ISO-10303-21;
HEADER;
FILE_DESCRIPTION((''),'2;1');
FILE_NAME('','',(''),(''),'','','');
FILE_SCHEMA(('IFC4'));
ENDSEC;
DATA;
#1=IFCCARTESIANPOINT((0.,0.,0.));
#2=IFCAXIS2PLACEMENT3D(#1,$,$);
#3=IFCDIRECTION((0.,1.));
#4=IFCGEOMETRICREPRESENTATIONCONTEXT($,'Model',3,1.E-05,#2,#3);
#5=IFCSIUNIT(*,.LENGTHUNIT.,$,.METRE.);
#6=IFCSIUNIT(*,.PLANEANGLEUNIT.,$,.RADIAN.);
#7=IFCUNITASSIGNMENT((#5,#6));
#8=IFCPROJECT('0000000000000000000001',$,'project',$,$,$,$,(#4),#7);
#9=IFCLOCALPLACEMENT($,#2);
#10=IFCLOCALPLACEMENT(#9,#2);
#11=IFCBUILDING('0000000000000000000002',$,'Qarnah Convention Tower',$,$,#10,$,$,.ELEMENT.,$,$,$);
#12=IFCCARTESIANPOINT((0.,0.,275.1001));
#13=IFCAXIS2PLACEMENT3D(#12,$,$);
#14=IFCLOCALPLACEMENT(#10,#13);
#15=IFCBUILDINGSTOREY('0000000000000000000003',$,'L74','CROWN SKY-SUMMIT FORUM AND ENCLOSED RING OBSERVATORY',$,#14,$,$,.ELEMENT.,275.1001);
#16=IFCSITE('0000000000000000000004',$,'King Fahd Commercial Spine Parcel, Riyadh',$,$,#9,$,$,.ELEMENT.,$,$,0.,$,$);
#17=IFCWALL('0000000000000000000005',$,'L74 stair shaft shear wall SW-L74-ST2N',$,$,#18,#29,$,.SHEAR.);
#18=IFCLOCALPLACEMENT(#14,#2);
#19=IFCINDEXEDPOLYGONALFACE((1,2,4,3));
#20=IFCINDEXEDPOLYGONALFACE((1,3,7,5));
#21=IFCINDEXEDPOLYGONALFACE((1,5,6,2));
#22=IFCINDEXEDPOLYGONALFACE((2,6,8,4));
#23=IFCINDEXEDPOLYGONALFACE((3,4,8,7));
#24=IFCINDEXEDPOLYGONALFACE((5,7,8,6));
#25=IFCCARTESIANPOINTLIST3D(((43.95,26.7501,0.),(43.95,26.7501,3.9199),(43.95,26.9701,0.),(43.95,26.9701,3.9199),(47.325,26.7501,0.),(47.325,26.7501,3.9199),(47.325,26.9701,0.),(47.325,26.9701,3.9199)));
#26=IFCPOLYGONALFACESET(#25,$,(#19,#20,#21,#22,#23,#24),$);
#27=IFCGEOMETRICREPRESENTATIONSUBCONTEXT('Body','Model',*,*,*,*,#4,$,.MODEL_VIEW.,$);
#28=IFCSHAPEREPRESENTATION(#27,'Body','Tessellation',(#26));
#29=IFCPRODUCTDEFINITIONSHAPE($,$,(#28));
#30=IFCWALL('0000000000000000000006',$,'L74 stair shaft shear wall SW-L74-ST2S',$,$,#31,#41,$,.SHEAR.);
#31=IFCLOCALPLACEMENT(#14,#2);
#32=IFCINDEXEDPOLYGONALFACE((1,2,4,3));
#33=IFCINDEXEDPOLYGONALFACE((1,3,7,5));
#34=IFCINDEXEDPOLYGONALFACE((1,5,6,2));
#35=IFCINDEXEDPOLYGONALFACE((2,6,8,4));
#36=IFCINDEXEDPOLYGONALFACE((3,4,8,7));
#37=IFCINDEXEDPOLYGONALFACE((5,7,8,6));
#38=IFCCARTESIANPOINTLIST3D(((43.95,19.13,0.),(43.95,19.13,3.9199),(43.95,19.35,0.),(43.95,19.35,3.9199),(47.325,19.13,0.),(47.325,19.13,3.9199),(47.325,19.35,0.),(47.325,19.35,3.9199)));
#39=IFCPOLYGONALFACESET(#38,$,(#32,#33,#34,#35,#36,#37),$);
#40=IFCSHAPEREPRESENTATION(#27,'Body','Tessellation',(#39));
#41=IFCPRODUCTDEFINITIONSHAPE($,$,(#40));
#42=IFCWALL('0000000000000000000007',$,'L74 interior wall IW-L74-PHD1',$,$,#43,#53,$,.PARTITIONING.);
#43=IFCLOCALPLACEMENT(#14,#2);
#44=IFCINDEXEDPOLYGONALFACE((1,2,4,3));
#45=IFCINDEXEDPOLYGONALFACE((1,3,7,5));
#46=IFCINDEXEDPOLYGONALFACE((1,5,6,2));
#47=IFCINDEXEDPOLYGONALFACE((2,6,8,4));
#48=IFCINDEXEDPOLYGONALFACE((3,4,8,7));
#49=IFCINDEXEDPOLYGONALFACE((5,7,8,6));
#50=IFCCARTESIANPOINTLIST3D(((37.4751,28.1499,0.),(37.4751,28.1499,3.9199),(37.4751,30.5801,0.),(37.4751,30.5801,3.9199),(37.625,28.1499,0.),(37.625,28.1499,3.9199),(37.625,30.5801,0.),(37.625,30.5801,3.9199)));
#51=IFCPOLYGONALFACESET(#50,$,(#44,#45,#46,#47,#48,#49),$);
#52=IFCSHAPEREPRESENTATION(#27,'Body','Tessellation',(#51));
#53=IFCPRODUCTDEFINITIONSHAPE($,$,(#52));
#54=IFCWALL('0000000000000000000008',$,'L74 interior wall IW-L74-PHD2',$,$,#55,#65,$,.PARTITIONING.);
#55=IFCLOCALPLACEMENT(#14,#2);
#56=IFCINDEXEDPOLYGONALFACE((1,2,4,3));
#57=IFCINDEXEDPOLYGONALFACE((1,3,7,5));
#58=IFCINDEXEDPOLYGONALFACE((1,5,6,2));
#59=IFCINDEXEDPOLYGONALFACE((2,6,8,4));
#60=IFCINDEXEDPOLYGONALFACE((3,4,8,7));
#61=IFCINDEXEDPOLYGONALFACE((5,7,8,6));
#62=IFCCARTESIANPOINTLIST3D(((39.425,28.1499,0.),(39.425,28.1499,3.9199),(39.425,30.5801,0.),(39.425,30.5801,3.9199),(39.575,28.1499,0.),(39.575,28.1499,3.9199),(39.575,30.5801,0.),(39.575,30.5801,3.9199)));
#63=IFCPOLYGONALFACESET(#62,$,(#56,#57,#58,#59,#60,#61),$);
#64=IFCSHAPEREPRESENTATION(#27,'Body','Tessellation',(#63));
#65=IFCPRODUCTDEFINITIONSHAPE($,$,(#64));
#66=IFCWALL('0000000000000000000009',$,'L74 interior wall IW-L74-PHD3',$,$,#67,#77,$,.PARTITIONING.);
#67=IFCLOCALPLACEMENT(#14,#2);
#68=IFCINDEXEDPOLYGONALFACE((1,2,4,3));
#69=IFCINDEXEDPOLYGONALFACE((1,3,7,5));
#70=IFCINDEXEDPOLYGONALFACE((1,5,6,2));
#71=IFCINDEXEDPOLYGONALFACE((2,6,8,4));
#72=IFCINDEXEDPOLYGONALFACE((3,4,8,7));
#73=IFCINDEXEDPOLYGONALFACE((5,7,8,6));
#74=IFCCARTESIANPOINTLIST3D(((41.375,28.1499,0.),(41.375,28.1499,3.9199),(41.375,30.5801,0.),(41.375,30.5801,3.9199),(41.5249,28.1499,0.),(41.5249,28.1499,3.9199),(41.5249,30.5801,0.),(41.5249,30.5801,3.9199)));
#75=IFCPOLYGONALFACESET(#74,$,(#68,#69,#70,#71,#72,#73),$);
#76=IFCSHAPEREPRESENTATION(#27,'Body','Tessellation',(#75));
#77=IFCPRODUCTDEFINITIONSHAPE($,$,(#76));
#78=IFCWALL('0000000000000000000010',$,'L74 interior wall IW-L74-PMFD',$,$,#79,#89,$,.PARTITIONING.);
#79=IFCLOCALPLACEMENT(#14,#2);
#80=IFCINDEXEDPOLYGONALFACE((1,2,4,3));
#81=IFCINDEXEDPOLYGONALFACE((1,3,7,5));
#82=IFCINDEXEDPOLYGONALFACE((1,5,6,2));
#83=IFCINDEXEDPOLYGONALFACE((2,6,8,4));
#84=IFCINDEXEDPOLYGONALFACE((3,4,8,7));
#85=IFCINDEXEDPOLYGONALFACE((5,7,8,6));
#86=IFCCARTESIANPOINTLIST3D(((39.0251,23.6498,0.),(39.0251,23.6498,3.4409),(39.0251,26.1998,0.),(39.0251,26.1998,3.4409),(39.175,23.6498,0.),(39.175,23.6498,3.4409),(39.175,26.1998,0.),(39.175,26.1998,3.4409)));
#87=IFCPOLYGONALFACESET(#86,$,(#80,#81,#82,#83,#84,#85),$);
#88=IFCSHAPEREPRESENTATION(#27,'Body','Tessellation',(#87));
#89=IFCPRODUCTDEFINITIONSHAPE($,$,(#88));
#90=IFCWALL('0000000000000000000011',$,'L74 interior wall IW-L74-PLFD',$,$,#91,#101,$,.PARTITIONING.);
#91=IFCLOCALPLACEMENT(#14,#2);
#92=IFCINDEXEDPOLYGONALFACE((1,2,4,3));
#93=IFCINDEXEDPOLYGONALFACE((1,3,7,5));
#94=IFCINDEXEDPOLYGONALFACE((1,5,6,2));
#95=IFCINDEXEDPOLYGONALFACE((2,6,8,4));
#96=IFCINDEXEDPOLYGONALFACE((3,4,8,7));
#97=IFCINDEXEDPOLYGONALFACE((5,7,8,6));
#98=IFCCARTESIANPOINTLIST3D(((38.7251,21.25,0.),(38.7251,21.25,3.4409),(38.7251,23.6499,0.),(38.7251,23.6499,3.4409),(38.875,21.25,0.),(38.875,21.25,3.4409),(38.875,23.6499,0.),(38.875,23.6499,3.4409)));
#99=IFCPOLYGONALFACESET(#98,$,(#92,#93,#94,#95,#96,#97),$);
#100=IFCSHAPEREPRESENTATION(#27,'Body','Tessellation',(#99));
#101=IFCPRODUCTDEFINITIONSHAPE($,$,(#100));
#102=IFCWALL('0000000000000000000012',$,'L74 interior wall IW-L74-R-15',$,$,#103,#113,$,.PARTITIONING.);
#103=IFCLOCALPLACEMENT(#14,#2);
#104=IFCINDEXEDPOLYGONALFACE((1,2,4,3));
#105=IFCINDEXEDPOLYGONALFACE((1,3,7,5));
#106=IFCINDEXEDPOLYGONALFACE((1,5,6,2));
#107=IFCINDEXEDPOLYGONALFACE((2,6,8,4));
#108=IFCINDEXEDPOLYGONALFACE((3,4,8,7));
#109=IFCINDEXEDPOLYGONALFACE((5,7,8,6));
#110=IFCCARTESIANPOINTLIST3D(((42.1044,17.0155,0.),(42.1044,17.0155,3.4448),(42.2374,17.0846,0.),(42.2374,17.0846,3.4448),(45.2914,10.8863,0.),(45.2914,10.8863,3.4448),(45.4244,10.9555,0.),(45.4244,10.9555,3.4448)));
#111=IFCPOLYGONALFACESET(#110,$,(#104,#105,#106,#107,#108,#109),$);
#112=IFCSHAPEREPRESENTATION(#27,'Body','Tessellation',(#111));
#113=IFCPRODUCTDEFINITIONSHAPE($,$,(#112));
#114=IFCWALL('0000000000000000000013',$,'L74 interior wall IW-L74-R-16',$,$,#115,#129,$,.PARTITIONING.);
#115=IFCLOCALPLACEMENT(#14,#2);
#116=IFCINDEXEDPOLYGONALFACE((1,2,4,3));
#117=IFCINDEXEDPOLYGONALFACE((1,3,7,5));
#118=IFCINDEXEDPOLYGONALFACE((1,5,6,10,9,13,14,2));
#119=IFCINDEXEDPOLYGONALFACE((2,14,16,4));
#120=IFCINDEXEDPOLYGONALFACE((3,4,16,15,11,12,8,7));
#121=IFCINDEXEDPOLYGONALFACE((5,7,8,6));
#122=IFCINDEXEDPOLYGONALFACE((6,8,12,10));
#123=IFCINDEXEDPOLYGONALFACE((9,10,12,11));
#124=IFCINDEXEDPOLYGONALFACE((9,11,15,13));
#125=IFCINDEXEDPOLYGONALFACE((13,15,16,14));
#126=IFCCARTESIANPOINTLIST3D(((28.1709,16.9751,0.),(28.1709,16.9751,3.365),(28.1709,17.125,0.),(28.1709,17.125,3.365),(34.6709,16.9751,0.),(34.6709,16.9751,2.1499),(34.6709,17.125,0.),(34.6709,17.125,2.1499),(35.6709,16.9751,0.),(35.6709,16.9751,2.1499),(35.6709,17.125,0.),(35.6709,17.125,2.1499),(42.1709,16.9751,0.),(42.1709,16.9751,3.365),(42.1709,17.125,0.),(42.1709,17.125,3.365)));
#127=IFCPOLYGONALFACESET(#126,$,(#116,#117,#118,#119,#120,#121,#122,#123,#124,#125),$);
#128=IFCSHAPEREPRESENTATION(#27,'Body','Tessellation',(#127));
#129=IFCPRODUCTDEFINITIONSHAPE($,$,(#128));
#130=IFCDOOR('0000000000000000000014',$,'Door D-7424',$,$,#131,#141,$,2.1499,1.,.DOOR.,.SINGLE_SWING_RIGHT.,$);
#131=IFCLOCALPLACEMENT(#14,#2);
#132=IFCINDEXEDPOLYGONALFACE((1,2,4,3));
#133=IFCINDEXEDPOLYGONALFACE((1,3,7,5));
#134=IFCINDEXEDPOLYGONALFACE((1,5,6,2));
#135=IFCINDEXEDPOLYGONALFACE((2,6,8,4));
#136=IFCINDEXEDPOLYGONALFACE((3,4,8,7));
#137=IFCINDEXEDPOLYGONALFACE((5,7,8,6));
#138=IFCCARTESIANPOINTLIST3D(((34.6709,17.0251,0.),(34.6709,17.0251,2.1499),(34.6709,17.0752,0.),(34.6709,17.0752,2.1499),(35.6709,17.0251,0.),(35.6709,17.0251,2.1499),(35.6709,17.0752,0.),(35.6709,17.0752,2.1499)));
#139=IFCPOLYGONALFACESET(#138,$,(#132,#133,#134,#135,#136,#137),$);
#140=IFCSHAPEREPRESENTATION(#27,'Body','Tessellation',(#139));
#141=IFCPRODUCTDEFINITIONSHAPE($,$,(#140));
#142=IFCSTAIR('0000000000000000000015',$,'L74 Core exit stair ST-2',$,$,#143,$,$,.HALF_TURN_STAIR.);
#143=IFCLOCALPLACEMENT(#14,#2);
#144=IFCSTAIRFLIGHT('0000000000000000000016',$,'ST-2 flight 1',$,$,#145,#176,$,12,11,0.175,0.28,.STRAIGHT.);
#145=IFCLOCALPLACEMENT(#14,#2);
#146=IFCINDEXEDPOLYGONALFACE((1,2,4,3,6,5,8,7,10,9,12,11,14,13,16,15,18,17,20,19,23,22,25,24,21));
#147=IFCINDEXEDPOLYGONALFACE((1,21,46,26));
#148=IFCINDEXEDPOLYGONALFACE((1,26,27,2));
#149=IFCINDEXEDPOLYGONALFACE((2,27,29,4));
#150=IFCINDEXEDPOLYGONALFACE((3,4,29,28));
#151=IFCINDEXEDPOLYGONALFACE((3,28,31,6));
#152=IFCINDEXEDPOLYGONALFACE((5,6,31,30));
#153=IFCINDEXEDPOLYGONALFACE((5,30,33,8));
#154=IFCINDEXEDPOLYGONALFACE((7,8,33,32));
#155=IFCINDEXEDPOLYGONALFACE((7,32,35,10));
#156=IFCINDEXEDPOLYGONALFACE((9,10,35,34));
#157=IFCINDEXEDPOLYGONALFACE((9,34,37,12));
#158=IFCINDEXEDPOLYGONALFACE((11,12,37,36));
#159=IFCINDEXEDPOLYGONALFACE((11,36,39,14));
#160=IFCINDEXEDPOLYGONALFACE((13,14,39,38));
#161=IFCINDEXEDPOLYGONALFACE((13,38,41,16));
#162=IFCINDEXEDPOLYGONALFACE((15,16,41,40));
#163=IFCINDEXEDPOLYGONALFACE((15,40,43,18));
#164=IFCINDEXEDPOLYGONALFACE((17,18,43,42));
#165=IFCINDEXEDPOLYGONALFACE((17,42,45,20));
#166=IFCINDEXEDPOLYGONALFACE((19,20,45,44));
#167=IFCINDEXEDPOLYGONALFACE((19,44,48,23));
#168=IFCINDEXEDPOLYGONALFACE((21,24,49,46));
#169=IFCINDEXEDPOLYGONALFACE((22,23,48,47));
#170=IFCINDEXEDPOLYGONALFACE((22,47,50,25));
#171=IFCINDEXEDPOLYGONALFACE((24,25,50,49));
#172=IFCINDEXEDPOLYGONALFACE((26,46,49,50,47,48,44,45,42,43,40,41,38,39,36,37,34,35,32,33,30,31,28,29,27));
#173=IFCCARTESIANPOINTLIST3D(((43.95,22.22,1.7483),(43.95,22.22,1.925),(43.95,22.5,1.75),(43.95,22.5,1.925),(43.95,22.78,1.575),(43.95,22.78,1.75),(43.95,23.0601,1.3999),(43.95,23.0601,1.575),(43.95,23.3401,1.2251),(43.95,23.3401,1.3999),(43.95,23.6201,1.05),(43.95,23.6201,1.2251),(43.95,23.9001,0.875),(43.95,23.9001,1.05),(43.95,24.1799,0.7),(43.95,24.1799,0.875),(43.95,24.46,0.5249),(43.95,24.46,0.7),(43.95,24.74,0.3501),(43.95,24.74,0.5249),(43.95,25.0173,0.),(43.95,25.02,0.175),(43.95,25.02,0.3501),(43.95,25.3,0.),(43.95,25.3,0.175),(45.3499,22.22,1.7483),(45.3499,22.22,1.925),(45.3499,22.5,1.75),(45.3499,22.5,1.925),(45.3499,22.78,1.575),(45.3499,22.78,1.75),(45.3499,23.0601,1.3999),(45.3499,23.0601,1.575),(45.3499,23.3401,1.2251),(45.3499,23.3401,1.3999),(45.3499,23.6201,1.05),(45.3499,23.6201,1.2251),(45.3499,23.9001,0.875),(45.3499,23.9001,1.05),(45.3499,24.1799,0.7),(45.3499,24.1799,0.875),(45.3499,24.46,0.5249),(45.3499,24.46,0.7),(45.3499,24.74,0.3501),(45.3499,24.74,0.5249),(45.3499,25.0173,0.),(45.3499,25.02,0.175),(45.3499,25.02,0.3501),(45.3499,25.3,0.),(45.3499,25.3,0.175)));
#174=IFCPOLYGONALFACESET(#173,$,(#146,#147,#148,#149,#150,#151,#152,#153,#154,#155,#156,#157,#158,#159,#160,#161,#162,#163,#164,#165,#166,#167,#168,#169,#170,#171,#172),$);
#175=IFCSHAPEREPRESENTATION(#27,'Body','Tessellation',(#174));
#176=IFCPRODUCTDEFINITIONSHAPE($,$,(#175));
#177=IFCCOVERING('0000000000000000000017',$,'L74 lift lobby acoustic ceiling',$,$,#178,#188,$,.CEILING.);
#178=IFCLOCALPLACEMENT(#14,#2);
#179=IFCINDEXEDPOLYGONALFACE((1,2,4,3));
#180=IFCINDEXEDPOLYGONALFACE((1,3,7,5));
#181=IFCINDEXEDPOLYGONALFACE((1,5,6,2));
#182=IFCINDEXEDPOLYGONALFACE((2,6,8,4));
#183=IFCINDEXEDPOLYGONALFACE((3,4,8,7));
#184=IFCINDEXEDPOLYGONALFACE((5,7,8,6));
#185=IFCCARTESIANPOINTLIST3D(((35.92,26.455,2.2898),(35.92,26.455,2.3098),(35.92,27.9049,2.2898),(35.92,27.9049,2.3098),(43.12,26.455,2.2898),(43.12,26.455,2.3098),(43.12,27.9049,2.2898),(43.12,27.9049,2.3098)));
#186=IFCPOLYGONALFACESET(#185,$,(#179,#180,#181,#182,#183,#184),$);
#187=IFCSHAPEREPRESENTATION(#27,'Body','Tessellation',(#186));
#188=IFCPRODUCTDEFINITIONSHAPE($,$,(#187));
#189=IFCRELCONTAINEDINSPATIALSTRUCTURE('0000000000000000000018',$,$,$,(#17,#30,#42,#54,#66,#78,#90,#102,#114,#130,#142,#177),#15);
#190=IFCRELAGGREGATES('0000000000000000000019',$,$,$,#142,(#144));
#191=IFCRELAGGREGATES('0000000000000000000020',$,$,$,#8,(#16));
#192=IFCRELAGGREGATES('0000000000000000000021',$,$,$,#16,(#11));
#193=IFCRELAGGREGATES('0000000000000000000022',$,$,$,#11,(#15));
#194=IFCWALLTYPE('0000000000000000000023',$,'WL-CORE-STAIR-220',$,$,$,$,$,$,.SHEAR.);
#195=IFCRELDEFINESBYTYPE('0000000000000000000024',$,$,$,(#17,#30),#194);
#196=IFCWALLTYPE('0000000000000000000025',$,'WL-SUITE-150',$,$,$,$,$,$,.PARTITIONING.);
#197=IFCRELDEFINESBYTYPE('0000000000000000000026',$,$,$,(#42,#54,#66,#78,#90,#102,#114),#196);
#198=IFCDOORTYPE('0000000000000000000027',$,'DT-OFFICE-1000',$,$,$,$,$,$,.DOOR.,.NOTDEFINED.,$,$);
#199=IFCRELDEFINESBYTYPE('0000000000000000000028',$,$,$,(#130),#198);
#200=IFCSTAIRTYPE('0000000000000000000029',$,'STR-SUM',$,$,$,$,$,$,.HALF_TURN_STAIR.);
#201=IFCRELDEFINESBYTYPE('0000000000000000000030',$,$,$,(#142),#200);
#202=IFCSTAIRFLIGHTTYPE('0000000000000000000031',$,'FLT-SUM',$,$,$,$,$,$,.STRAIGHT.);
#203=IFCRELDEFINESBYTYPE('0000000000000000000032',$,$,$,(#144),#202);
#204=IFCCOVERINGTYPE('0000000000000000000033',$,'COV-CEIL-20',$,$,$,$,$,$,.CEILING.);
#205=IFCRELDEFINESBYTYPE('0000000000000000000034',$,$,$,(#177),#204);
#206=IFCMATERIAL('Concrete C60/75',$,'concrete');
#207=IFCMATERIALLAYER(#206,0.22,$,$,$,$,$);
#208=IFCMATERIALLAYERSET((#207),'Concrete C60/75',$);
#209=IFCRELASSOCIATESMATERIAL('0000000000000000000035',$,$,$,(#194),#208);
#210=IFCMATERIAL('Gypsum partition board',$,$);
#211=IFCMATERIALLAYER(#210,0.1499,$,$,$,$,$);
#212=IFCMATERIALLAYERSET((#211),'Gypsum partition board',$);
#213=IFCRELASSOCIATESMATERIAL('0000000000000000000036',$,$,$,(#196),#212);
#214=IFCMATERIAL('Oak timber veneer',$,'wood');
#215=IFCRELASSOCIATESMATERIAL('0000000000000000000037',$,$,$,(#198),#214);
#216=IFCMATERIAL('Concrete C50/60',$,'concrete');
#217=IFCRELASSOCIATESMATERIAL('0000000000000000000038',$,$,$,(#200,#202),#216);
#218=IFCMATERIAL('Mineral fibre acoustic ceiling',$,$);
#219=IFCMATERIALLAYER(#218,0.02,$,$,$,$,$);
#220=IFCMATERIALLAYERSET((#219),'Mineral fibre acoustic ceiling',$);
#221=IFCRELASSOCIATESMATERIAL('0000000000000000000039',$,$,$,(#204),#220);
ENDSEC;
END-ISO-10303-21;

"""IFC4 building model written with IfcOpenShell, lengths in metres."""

from ifc_helpers import new_model, si_unit, direction, frame, frame_2d, origin, origin_2d, place, context, subcontext, project, spatial, polyline, rectangle, outline, extrude, material, layer, layer_set, type_object, element, fill, aggregate, save


model = new_model("IFC4")

# Units and contexts
model_context = context("Model", 3, precision=1e-05, world=origin(), true_north=direction((0.0, 1.0)))
body_context = subcontext(model_context, "Body", "Model", "MODEL_VIEW")
ifc_project = project(units=[si_unit("LENGTHUNIT", "METRE"), si_unit("PLANEANGLEUNIT", "RADIAN")], contexts=[model_context])

# Site, building, storey
site_placement = place(None, origin())
site = spatial("IfcSite", under=ifc_project, at=site_placement, Name="King Fahd Commercial Spine Parcel, Riyadh", CompositionType="ELEMENT", RefElevation=0.0)
building_placement = place(site_placement, origin())
building = spatial("IfcBuilding", under=site, at=building_placement, Name="Qarnah Convention Tower", CompositionType="ELEMENT")
storey_placement = place(building_placement, frame((0.0, 0.0, 275.1001)))
storey = spatial("IfcBuildingStorey", under=building, at=storey_placement, Name="L74", Description="CROWN SKY-SUMMIT FORUM AND ENCLOSED RING OBSERVATORY", CompositionType="ELEMENT", Elevation=275.1001)

# Shared definitions
ifc_material_1 = material(Name="Concrete C50/60", Category="concrete")

# Shared definitions
ifc_material_2 = material(Name="Concrete C60/75", Category="concrete")

# Walls
ifc_layer_1 = layer(ifc_material_2, 0.22)
ifc_layer_set_1 = layer_set([ifc_layer_1], Name="Concrete C60/75")
wall_type_1 = type_object("IfcWallType", Name="WL-CORE-STAIR-220", PredefinedType="SHEAR", material=ifc_layer_set_1)
for number, where, z_axis, x_axis, name in (
    (1, (43.95, 26.8601, 0.0), (0.0, 0.0, 1.0), (1.0, 0.0, 0.0), "L74 stair shaft shear wall SW-L74-ST2N"),
    (2, (43.95, 19.24, 0.0), (0.0, 0.0, 1.0), (1.0, 0.0, 0.0), "L74 stair shaft shear wall SW-L74-ST2S"),
):
    element("IfcWall", number, at=place(storey_placement, frame(where, z_axis=z_axis, x_axis=x_axis)), inside=storey, type_object=wall_type_1, Name=name, PredefinedType="SHEAR", context=body_context, shape_type="SweptSolid", body=[
        extrude(rectangle(XDim=3.375, YDim=0.22, at=frame_2d((1.6875, 0.0))), origin(), (0.0, 0.0, 1.0), 3.9199),
    ])
ifc_material_3 = material(Name="Gypsum partition board")
ifc_layer_2 = layer(ifc_material_3, 0.1499)
ifc_layer_set_2 = layer_set([ifc_layer_2], Name="Gypsum partition board")
wall_type_2 = type_object("IfcWallType", Name="WL-SUITE-150", PredefinedType="PARTITIONING", material=ifc_layer_set_2)
for number, where, z_axis, x_axis, name in (
    (3, (37.55, 28.1499, 0.0), (0.0, 0.0, 1.0), (0.0, 1.0, 0.0), "L74 interior wall IW-L74-PHD1"),
    (4, (39.5, 28.1499, 0.0), (0.0, 0.0, 1.0), (0.0, 1.0, 0.0), "L74 interior wall IW-L74-PHD2"),
    (5, (41.45, 28.1499, 0.0), (0.0, 0.0, 1.0), (0.0, 1.0, 0.0), "L74 interior wall IW-L74-PHD3"),
):
    element("IfcWall", number, at=place(storey_placement, frame(where, z_axis=z_axis, x_axis=x_axis)), inside=storey, type_object=wall_type_2, Name=name, PredefinedType="PARTITIONING", context=body_context, shape_type="SweptSolid", body=[
        extrude(rectangle(XDim=2.4302, YDim=0.1499, at=frame_2d((1.2151, 0.0))), origin(), (0.0, 0.0, 1.0), 3.9199),
    ])
wall_1_placement = place(storey_placement, frame((39.1001, 23.6499, 0.0), z_axis=(0.0, 0.0, 1.0), x_axis=(0.0, 1.0, 0.0)))
element("IfcWall", 6, at=wall_1_placement, inside=storey, type_object=wall_type_2, Name="L74 interior wall IW-L74-PMFD", PredefinedType="PARTITIONING", context=body_context, shape_type="SweptSolid", body=[
    extrude(rectangle(XDim=2.55, YDim=0.1499, at=frame_2d((1.2749, 0.0))), origin(), (0.0, 0.0, 1.0), 3.4409),
])
wall_2_placement = place(storey_placement, frame((38.8, 21.25, 0.0), z_axis=(0.0, 0.0, 1.0), x_axis=(0.0, 1.0, 0.0)))
element("IfcWall", 7, at=wall_2_placement, inside=storey, type_object=wall_type_2, Name="L74 interior wall IW-L74-PLFD", PredefinedType="PARTITIONING", context=body_context, shape_type="SweptSolid", body=[
    extrude(rectangle(XDim=2.3999, YDim=0.1499, at=frame_2d((1.2, 0.0))), origin(), (0.0, 0.0, 1.0), 3.4409),
])
wall_3_placement = place(storey_placement, frame((45.3579, 10.9209, 0.0), z_axis=(0.0, 0.0, 1.0), x_axis=(-0.461336, 0.887225, 0.0)))
element("IfcWall", 8, at=wall_3_placement, inside=storey, type_object=wall_type_2, Name="L74 interior wall IW-L74-R-15", PredefinedType="PARTITIONING", context=body_context, shape_type="SweptSolid", body=[
    extrude(rectangle(XDim=6.9082, YDim=0.1499, at=frame_2d((3.4541, 0.0))), origin(), (0.0, 0.0, 1.0), 3.4448),
])

# Wall, opening, door
wall_4_placement = place(storey_placement, frame((42.1709, 17.05, 0.0), z_axis=(0.0, 0.0, 1.0), x_axis=(-1.0, 0.0, 0.0)))
wall_4 = element("IfcWall", 9, at=wall_4_placement, inside=storey, type_object=wall_type_2, Name="L74 interior wall IW-L74-R-16", PredefinedType="PARTITIONING", context=body_context, shape_type="SweptSolid", body=[
    extrude(rectangle(XDim=14.0, YDim=0.1499, at=frame_2d((7.0, 0.0))), origin(), (0.0, 0.0, 1.0), 3.365),
])
opening_1_placement = place(wall_4_placement, frame((6.5, 0.0, 0.0)))
opening_1 = element("IfcOpeningElement", 10, at=opening_1_placement, cuts=wall_4, PredefinedType="OPENING", context=body_context, shape_type="SweptSolid", body=[
    extrude(rectangle(XDim=1.0, YDim=2.1499, at=frame_2d((0.5, 1.075))), frame((0.0, 0.085, 0.0), z_axis=(0.0, -1.0, 0.0), x_axis=(1.0, 0.0, 0.0)), (0.0, 0.0, 1.0), 0.1699),
])
ifc_material_4 = material(Name="Oak timber veneer", Category="wood")
door_type_1 = type_object("IfcDoorType", Name="DT-OFFICE-1000", OperationType="NOTDEFINED", PredefinedType="DOOR", material=ifc_material_4)
door_1_placement = place(opening_1_placement, origin())
door_1 = element("IfcDoor", 11, at=door_1_placement, inside=storey, type_object=door_type_1, Name="Door D-7424", OperationType="SINGLE_SWING_RIGHT", OverallHeight=2.1499, OverallWidth=1.0, PredefinedType="DOOR", context=body_context, shape_type="SweptSolid", body=[
    extrude(rectangle(XDim=1.0, YDim=2.1499, at=frame_2d((0.5, 1.075))), frame((0.0, 0.0249, 0.0), z_axis=(0.0, -1.0, 0.0), x_axis=(1.0, 0.0, 0.0)), (0.0, 0.0, 1.0), 0.05),
])
fill(opening_1, door_1)

# Stair, stair flight
stair_type = type_object("IfcStairType", Name="STR-SUM", PredefinedType="HALF_TURN_STAIR", material=ifc_material_1)
stair_placement = place(storey_placement, origin())
stair = element("IfcStair", 12, at=stair_placement, inside=storey, type_object=stair_type, Name="L74 Core exit stair ST-2", PredefinedType="HALF_TURN_STAIR")
stair_flight_type = type_object("IfcStairFlightType", Name="FLT-SUM", PredefinedType="STRAIGHT", material=ifc_material_1)
stair_flight_placement = place(storey_placement, frame((44.6499, 25.3, 0.0), z_axis=(0.0, 0.0, 1.0), x_axis=(0.0, -1.0, 0.0)))
stair_flight = element("IfcStairFlight", 13, at=stair_flight_placement, type_object=stair_flight_type, Name="ST-2 flight 1", NumberOfRisers=12, NumberOfTreads=11, PredefinedType="STRAIGHT", RiserHeight=0.175, TreadLength=0.28, context=body_context, shape_type="SweptSolid", body=[
    extrude(outline(polyline([(0.0, 0.0), (0.0, 0.175), (0.28, 0.175), (0.28, 0.3501), (0.5601, 0.3501), (0.5601, 0.5249), (0.8401, 0.5249), (0.8401, 0.7), (1.1201, 0.7), (1.1201, 0.875), (1.3999, 0.875), (1.3999, 1.05), (1.6799, 1.05), (1.6799, 1.2251), (1.96, 1.2251), (1.96, 1.3999), (2.24, 1.3999), (2.24, 1.575), (2.52, 1.575), (2.52, 1.75), (2.8, 1.75), (2.8, 1.925), (3.0801, 1.925), (3.0801, 2.1001), (3.0801, 1.7483), (0.2827, 0.0), (0.0, 0.0)])), frame((0.0, 0.7, 0.0), z_axis=(0.0, -1.0, 0.0), x_axis=(1.0, 0.0, 0.0)), (0.0, 0.0, 1.0), 1.3999),
])
aggregate(stair, [stair_flight])

# Covering
ifc_material_5 = material(Name="Mineral fibre acoustic ceiling")
ifc_layer_3 = layer(ifc_material_5, 0.02)
ifc_layer_set_3 = layer_set([ifc_layer_3], Name="Mineral fibre acoustic ceiling")
covering_type_1 = type_object("IfcCoveringType", Name="COV-CEIL-20", PredefinedType="CEILING", material=ifc_layer_set_3)
covering_1_placement = place(storey_placement, frame((39.52, 27.1799, 2.2898), z_axis=(0.0, 0.0, 1.0), x_axis=(1.0, 0.0, 0.0)))
element("IfcCovering", 14, at=covering_1_placement, inside=storey, type_object=covering_type_1, Name="L74 lift lobby acoustic ceiling", PredefinedType="CEILING", context=body_context, shape_type="SweptSolid", body=[
    extrude(rectangle(XDim=7.2, YDim=1.45, at=origin_2d()), origin(), (0.0, 0.0, 1.0), 0.02),
])

save(model, "model.ifc")
